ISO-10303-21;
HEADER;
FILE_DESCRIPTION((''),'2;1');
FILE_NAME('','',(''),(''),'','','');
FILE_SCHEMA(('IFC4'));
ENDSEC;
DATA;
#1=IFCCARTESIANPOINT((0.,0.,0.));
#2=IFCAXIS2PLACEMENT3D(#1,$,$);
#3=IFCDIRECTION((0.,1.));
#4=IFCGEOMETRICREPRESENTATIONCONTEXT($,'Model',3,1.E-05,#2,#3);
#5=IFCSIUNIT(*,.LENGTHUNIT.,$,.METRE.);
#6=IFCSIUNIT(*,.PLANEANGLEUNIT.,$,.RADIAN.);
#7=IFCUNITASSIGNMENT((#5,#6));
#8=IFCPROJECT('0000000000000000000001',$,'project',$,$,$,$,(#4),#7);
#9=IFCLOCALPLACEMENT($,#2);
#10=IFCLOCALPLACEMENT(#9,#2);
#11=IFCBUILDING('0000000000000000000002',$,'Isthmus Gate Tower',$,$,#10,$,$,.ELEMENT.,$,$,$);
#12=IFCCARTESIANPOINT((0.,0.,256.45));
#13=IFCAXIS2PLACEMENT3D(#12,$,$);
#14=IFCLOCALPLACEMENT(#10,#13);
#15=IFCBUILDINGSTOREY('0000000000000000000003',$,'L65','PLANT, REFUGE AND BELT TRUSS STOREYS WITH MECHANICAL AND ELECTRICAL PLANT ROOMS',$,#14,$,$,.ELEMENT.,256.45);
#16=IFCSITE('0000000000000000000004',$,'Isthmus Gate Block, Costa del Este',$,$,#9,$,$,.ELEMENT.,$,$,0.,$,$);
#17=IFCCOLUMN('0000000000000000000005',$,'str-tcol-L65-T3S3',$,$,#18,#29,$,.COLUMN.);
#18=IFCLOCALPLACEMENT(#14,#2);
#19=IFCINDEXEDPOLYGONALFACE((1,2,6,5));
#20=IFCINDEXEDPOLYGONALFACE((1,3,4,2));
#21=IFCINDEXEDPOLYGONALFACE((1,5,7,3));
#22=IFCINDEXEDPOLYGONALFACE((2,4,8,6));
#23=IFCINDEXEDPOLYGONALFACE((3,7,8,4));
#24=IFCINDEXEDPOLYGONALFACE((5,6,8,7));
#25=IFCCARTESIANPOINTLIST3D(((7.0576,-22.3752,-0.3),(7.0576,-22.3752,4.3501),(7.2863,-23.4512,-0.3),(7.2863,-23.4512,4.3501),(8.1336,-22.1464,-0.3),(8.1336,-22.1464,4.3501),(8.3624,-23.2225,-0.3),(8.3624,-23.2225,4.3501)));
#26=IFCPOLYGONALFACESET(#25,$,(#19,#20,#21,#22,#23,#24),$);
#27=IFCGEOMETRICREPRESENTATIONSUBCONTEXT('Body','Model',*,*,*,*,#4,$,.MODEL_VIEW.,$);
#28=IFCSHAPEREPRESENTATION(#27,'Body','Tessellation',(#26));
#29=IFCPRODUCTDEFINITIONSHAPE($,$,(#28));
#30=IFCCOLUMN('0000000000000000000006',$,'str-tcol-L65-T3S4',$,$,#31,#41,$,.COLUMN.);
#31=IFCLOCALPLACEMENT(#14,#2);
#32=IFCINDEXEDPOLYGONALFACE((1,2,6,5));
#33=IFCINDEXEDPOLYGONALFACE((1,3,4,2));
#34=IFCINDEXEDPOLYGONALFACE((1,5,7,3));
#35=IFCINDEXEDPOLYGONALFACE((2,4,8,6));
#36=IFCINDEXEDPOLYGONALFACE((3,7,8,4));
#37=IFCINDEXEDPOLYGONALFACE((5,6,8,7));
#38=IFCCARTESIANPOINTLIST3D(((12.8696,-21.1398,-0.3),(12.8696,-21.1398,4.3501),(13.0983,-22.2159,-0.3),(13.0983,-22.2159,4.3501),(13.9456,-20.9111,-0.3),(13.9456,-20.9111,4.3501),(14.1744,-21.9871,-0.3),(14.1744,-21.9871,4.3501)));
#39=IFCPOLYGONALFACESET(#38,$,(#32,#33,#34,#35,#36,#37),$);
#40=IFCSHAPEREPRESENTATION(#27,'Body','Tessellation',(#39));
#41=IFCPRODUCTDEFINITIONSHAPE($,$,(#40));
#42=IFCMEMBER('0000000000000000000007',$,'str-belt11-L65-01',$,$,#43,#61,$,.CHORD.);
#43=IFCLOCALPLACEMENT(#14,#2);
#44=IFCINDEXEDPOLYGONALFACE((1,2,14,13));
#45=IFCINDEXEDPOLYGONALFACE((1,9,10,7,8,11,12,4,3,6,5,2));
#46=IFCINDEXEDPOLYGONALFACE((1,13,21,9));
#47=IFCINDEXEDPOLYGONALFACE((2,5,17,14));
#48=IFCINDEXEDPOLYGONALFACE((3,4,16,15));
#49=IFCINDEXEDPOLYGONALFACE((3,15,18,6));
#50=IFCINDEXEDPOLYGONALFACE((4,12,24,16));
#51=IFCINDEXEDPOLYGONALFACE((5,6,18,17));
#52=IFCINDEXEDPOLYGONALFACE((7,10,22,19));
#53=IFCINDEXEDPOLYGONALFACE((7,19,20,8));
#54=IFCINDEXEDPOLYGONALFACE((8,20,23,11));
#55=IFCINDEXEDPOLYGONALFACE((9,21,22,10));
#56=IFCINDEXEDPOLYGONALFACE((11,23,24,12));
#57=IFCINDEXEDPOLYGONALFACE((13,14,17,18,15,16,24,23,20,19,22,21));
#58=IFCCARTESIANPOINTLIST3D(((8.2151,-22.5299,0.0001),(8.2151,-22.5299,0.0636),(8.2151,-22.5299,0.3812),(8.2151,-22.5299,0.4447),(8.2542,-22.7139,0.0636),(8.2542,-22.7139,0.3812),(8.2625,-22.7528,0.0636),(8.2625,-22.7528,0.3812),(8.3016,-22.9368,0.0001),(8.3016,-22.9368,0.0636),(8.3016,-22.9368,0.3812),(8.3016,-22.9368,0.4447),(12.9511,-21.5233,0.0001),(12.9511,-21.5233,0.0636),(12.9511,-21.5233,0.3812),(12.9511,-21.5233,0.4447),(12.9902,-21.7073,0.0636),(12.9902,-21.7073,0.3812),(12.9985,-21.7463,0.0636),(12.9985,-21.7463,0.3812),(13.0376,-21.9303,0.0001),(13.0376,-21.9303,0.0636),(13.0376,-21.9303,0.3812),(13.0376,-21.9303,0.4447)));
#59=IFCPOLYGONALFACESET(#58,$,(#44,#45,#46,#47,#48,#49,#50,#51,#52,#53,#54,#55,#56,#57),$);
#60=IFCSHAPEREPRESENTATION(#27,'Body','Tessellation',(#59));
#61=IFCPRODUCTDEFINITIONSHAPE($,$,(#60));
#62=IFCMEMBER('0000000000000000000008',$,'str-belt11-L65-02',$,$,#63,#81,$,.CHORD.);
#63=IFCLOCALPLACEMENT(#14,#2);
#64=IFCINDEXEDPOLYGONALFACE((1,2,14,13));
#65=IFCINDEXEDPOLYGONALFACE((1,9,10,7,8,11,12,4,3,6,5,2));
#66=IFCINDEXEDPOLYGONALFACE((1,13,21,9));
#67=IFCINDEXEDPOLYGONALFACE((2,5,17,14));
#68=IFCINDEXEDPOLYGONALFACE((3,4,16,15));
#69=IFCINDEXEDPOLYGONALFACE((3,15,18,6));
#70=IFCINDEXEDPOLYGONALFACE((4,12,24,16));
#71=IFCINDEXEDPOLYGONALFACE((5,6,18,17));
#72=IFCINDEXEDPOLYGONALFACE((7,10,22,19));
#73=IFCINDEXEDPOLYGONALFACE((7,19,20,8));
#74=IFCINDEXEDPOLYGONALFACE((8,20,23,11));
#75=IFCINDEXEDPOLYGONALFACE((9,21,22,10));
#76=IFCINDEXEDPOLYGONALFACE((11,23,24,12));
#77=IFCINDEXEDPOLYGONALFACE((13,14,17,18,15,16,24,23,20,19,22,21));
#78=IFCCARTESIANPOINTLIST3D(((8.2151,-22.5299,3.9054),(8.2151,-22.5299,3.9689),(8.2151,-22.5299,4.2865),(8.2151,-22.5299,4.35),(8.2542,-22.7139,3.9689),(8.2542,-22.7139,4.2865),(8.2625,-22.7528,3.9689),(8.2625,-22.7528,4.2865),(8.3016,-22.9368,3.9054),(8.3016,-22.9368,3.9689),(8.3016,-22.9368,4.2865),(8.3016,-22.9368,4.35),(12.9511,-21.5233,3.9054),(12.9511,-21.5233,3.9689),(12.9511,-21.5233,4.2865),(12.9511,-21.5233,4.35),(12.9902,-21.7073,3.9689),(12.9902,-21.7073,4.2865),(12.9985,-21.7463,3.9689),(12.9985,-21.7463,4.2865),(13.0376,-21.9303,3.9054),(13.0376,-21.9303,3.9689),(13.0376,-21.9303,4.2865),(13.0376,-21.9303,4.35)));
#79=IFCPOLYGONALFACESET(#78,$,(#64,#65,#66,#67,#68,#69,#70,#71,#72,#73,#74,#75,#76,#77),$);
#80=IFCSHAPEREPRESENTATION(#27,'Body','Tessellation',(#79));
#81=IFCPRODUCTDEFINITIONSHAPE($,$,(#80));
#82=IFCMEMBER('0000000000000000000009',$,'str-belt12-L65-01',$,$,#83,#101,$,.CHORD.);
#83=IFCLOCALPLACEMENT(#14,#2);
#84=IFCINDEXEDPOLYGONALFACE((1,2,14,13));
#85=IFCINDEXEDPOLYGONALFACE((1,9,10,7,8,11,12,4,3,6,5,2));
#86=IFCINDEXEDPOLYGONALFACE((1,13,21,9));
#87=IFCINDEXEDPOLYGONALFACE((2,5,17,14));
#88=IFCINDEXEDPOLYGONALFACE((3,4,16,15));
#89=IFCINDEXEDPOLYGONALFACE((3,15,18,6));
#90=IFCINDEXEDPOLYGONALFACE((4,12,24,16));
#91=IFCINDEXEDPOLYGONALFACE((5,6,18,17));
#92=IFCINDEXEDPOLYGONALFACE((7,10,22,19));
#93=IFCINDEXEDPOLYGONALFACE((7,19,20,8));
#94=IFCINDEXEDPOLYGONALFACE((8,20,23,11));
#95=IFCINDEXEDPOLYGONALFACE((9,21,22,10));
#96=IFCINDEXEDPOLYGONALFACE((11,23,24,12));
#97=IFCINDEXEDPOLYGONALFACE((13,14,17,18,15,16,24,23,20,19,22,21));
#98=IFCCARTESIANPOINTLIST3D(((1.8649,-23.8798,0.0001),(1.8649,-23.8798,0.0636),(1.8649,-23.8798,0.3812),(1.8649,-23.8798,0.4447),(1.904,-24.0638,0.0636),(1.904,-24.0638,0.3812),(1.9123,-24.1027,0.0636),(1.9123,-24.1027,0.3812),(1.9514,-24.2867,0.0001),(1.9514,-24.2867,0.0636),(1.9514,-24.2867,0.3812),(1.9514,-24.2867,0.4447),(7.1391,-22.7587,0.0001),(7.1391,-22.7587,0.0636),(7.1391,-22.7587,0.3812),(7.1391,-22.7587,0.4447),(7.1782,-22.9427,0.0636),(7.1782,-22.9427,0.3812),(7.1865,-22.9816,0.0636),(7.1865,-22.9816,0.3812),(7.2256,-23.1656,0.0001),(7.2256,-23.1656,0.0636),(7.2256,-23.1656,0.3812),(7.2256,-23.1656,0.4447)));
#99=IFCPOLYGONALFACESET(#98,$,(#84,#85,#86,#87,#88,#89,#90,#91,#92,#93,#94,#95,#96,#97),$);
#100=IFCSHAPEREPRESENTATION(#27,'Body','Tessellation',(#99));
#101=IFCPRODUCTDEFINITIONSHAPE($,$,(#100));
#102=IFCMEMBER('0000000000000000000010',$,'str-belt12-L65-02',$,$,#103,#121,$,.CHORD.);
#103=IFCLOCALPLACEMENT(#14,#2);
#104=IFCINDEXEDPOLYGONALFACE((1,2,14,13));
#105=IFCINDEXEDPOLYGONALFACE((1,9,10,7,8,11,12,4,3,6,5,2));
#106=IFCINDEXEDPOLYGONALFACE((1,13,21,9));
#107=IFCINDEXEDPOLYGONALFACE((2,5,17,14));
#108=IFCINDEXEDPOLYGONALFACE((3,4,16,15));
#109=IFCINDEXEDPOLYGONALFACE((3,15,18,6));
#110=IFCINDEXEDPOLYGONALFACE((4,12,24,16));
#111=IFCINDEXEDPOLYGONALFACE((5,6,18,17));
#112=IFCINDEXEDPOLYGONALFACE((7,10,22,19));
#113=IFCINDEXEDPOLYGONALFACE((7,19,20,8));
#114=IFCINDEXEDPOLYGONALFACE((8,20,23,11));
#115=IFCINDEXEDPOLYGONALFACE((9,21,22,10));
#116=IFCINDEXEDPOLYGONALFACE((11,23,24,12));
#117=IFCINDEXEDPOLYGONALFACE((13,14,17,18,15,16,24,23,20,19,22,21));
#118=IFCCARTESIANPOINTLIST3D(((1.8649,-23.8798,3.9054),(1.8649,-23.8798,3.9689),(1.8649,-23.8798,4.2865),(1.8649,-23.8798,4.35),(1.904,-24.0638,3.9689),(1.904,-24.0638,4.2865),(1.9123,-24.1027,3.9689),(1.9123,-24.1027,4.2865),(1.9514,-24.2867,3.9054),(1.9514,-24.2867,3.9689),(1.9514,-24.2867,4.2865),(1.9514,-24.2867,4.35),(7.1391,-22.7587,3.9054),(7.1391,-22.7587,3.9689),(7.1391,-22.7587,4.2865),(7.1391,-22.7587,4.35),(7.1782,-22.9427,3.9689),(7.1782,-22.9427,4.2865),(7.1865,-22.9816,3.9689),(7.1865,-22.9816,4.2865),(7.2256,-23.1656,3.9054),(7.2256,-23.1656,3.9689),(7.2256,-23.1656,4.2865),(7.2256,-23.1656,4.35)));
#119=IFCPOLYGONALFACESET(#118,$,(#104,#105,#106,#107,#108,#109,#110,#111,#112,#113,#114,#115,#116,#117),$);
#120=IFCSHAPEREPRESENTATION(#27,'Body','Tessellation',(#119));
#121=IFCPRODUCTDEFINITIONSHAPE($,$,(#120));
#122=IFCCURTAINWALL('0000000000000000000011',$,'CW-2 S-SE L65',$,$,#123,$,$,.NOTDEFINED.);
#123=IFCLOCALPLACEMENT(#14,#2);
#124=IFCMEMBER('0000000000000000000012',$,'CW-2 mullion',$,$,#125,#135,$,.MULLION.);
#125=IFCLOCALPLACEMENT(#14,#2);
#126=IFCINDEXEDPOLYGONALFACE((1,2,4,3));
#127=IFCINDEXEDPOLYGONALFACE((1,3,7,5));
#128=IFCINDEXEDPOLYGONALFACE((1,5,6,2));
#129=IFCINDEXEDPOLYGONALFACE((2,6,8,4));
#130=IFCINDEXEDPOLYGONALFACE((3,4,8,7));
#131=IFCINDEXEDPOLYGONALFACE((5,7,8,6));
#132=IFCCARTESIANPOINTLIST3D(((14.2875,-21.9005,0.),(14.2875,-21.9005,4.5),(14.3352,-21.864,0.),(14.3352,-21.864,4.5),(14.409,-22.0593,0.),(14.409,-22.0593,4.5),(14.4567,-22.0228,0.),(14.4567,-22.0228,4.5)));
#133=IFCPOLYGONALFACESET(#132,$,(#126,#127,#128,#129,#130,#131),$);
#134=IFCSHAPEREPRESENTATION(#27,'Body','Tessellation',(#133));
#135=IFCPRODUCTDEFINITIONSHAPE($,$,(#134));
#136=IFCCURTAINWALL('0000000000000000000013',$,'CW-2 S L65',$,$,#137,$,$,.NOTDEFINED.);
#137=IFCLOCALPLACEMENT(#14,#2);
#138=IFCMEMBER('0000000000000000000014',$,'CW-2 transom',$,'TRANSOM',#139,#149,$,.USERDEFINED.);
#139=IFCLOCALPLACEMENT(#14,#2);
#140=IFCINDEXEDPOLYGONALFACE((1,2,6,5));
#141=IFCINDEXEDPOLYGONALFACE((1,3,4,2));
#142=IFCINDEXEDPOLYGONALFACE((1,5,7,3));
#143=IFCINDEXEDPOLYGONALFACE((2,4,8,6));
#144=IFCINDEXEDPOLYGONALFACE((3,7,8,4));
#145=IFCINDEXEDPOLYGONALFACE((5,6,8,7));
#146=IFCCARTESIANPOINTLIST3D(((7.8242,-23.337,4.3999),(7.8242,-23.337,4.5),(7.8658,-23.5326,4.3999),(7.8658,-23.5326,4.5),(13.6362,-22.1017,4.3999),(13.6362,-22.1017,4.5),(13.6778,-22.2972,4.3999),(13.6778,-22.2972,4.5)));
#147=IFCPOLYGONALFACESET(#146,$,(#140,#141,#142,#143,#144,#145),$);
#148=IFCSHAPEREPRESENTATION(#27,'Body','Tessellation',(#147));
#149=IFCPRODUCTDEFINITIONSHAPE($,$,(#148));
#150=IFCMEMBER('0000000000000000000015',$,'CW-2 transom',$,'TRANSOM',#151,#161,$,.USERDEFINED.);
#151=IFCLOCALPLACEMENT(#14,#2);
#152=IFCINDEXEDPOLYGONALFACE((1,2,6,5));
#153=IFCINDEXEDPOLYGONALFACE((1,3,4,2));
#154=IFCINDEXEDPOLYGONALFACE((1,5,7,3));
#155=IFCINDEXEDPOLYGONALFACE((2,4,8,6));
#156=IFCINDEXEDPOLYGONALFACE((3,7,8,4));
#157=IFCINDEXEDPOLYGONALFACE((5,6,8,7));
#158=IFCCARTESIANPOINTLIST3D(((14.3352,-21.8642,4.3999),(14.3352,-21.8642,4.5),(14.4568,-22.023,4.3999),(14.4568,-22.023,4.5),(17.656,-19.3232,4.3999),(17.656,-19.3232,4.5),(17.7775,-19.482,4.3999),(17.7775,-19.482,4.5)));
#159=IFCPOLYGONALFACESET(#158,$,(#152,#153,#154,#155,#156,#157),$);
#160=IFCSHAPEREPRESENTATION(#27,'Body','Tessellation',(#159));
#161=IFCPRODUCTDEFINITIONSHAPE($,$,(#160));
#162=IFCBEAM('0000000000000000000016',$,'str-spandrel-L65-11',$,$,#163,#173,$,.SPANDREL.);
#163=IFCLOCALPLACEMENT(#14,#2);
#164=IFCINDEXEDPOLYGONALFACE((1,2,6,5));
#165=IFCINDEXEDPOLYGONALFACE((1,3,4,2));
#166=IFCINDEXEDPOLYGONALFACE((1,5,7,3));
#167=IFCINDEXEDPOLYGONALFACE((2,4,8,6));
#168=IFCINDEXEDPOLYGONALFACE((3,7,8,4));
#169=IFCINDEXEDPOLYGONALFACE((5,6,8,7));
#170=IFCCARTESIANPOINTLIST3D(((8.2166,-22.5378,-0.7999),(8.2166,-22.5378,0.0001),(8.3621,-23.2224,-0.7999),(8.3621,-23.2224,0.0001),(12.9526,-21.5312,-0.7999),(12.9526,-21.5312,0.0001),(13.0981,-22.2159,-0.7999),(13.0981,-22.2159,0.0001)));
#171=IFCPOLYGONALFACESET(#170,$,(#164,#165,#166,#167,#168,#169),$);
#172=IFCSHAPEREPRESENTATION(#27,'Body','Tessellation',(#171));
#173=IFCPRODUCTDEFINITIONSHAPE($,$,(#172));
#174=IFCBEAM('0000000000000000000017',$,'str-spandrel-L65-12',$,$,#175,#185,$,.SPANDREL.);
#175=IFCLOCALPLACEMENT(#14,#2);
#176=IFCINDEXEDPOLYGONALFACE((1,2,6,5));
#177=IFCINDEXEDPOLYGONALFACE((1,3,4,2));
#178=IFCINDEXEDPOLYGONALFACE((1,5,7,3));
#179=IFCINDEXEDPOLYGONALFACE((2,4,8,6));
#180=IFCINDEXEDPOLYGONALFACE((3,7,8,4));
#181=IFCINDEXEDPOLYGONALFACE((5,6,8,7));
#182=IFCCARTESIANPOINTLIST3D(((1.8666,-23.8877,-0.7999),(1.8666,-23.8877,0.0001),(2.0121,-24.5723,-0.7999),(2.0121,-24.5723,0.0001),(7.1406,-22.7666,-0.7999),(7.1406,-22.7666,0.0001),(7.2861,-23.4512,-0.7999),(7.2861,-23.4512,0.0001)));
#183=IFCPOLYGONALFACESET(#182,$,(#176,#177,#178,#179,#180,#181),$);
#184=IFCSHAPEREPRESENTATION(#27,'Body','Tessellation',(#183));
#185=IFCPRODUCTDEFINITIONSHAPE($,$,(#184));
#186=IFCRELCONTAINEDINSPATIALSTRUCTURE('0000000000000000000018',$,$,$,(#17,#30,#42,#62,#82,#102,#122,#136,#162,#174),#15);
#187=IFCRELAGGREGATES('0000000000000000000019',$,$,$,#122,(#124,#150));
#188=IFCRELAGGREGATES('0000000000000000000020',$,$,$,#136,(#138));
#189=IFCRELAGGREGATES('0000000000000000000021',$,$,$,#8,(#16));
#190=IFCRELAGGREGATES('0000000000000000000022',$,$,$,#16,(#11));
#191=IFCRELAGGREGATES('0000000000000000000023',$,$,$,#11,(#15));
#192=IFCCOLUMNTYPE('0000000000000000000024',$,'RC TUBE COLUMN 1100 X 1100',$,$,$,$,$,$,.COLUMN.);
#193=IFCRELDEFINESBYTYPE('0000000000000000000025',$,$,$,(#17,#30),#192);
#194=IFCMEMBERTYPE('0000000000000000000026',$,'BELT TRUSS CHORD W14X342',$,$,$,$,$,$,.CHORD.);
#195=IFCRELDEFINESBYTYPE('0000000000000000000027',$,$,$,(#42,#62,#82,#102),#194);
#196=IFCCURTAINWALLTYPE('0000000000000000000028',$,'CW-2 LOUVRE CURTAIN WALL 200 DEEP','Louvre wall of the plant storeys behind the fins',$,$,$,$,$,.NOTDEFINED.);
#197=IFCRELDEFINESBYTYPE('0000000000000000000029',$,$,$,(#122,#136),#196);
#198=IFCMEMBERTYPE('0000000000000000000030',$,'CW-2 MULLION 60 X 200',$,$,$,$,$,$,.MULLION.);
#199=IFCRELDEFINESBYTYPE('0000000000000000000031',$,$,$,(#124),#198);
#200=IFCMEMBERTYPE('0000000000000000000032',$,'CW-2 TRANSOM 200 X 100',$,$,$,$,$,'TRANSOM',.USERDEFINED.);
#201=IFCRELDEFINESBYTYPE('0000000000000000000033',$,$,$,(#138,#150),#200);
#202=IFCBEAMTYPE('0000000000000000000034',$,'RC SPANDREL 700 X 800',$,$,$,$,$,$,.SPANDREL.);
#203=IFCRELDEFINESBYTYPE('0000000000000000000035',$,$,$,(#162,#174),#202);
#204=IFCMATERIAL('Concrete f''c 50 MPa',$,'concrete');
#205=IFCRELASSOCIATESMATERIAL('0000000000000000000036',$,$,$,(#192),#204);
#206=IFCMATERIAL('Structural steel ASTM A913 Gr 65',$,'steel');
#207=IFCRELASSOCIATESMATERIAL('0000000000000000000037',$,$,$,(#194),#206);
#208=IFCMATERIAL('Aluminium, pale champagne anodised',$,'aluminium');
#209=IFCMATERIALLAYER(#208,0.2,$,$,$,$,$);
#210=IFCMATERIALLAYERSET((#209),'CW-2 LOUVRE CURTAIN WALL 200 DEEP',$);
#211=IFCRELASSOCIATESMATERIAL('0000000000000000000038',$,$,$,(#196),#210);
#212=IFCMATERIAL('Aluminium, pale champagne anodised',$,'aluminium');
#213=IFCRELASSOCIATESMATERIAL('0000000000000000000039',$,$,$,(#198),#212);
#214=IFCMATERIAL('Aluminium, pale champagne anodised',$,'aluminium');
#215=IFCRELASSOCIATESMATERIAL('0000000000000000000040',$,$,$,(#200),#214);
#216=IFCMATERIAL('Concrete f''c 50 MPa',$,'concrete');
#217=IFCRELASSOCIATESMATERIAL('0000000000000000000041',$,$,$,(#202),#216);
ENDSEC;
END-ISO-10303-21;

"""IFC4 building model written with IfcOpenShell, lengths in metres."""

from ifc_helpers import new_model, si_unit, direction, frame, origin, origin_2d, place, context, subcontext, project, spatial, rectangle, i_section, extrude, material, layer, layer_set, material_profile, profile_set, type_object, element, aggregate, save


model = new_model("IFC4")

# Units and contexts
model_context = context("Model", 3, precision=1e-05, world=origin(), true_north=direction((0.0, 1.0)))
body_context = subcontext(model_context, "Body", "Model", "MODEL_VIEW")
ifc_project = project(units=[si_unit("LENGTHUNIT", "METRE"), si_unit("PLANEANGLEUNIT", "RADIAN")], contexts=[model_context])

# Site, building, storey
site_placement = place(None, origin())
site = spatial("IfcSite", under=ifc_project, at=site_placement, Name="Isthmus Gate Block, Costa del Este", CompositionType="ELEMENT", RefElevation=0.0)
building_placement = place(site_placement, origin())
building = spatial("IfcBuilding", under=site, at=building_placement, Name="Isthmus Gate Tower", CompositionType="ELEMENT")
storey_placement = place(building_placement, frame((0.0, 0.0, 256.45)))
storey = spatial("IfcBuildingStorey", under=building, at=storey_placement, Name="L65", Description="PLANT, REFUGE AND BELT TRUSS STOREYS WITH MECHANICAL AND ELECTRICAL PLANT ROOMS", CompositionType="ELEMENT", Elevation=256.45)

# Columns
ifc_material_1 = material(Name="Concrete f'c 50 MPa", Category="concrete")
ifc_material_profile_1 = material_profile(ifc_material_1, rectangle(XDim=1.1001, YDim=1.1001, at=origin_2d()), Name="RC 1100X1100")
ifc_profile_set_1 = profile_set([ifc_material_profile_1], Name="Concrete f'c 50 MPa")
column_type = type_object("IfcColumnType", Name="RC TUBE COLUMN 1100 X 1100", PredefinedType="COLUMN", material=ifc_profile_set_1)
for number, where, z_axis, x_axis, name in (
    (1, (7.71, -22.7988, -0.3), (0.0, 0.0, 1.0), (0.978148, 0.207912, 0.0), "str-tcol-L65-T3S3"),
    (2, (13.522, -21.5635, -0.3), (0.0, 0.0, 1.0), (0.978148, 0.207912, 0.0), "str-tcol-L65-T3S4"),
):
    element("IfcColumn", number, at=place(storey_placement, frame(where, z_axis=z_axis, x_axis=x_axis)), inside=storey, type_object=column_type, Name=name, PredefinedType="COLUMN", context=body_context, shape_type="SweptSolid", body=[
        extrude(rectangle(XDim=1.1001, YDim=1.1001, at=origin_2d()), origin(), (0.0, 0.0, 1.0), 4.6501),
    ])

# Members
ifc_material_2 = material(Name="Structural steel ASTM A913 Gr 65", Category="steel")
ifc_material_profile_2 = material_profile(ifc_material_2, i_section(OverallWidth=0.416, OverallDepth=0.4446, WebThickness=0.0398, FlangeThickness=0.0635, at=origin_2d()), Name="W14X342")
ifc_profile_set_2 = profile_set([ifc_material_profile_2], Name="Structural steel ASTM A913 Gr 65")
member_type_1 = type_object("IfcMemberType", Name="BELT TRUSS CHORD W14X342", PredefinedType="CHORD", material=ifc_profile_set_2)
for number, where, z_axis, x_axis, name in (
    (3, (12.9944, -21.7268, 0.2224), (-0.978152, -0.207893, 0.0), (0.207893, -0.978152, 0.0), "str-belt11-L65-01"),
    (4, (12.9944, -21.7268, 4.1277), (-0.978152, -0.207893, 0.0), (0.207893, -0.978152, 0.0), "str-belt11-L65-02"),
):
    element("IfcMember", number, at=place(storey_placement, frame(where, z_axis=z_axis, x_axis=x_axis)), inside=storey, type_object=member_type_1, Name=name, PredefinedType="CHORD", context=body_context, shape_type="SweptSolid", body=[
        extrude(i_section(OverallWidth=0.416, OverallDepth=0.4446, WebThickness=0.0398, FlangeThickness=0.0635, at=origin_2d()), origin(), (0.0, 0.0, 1.0), 4.8418),
    ])
for number, where, z_axis, x_axis, name in (
    (5, (7.1824, -22.9622, 0.2224), (-0.978146, -0.207918, 0.0), (0.207918, -0.978146, 0.0), "str-belt12-L65-01"),
    (6, (7.1824, -22.9622, 4.1277), (-0.978146, -0.207918, 0.0), (0.207918, -0.978146, 0.0), "str-belt12-L65-02"),
):
    element("IfcMember", number, at=place(storey_placement, frame(where, z_axis=z_axis, x_axis=x_axis)), inside=storey, type_object=member_type_1, Name=name, PredefinedType="CHORD", context=body_context, shape_type="SweptSolid", body=[
        extrude(i_section(OverallWidth=0.416, OverallDepth=0.4446, WebThickness=0.0398, FlangeThickness=0.0635, at=origin_2d()), origin(), (0.0, 0.0, 1.0), 5.3921),
    ])

# Curtain walls, members
ifc_material_3 = material(Name="Aluminium, pale champagne anodised", Category="aluminium")
ifc_layer_1 = layer(ifc_material_3, 0.2)
ifc_layer_set_1 = layer_set([ifc_layer_1], Name="CW-2 LOUVRE CURTAIN WALL 200 DEEP")
curtain_wall_type = type_object("IfcCurtainWallType", Name="CW-2 LOUVRE CURTAIN WALL 200 DEEP", Description="Louvre wall of the plant storeys behind the fins", PredefinedType="NOTDEFINED", material=ifc_layer_set_1)
curtain_wall_1_placement = place(storey_placement, origin())
curtain_wall_1 = element("IfcCurtainWall", 7, at=curtain_wall_1_placement, inside=storey, type_object=curtain_wall_type, Name="CW-2 S-SE L65", PredefinedType="NOTDEFINED")
ifc_material_4 = material(Name="Aluminium, pale champagne anodised", Category="aluminium")
ifc_material_profile_3 = material_profile(ifc_material_4, rectangle(XDim=0.0601, YDim=0.2, at=origin_2d()), Name="60x200")
ifc_profile_set_3 = profile_set([ifc_material_profile_3], Name="Aluminium, pale champagne anodised")
member_type_2 = type_object("IfcMemberType", Name="CW-2 MULLION 60 X 200", PredefinedType="MULLION", material=ifc_profile_set_3)
member_1_placement = place(storey_placement, frame((14.3721, -21.9617, 0.0), z_axis=(0.0, 0.0, 1.0), x_axis=(0.794189, 0.607671, 0.0)))
member_1 = element("IfcMember", 8, at=member_1_placement, type_object=member_type_2, Name="CW-2 mullion", PredefinedType="MULLION", context=body_context, shape_type="SweptSolid", body=[
    extrude(rectangle(XDim=0.0601, YDim=0.2, at=origin_2d()), origin(), (0.0, 0.0, 1.0), 4.5),
])
curtain_wall_2_placement = place(storey_placement, origin())
curtain_wall_2 = element("IfcCurtainWall", 9, at=curtain_wall_2_placement, inside=storey, type_object=curtain_wall_type, Name="CW-2 S L65", PredefinedType="NOTDEFINED")
ifc_material_5 = material(Name="Aluminium, pale champagne anodised", Category="aluminium")
ifc_material_profile_4 = material_profile(ifc_material_5, rectangle(XDim=0.2, YDim=0.1001, at=origin_2d()), Name="200x100")
ifc_profile_set_4 = profile_set([ifc_material_profile_4], Name="Aluminium, pale champagne anodised")
member_type_3 = type_object("IfcMemberType", Name="CW-2 TRANSOM 200 X 100", ElementType="TRANSOM", PredefinedType="USERDEFINED", material=ifc_profile_set_4)
member_2_placement = place(storey_placement, frame((7.845, -23.4348, 4.45), z_axis=(0.978149, 0.207907, 0.0), x_axis=(-0.207907, 0.978149, 0.0)))
member_2 = element("IfcMember", 10, at=member_2_placement, type_object=member_type_3, Name="CW-2 transom", ObjectType="TRANSOM", PredefinedType="USERDEFINED", context=body_context, shape_type="SweptSolid", body=[
    extrude(rectangle(XDim=0.2, YDim=0.1001, at=origin_2d()), origin(), (0.0, 0.0, 1.0), 5.9419),
])

# Member
member_3_placement = place(storey_placement, frame((14.396, -21.9436, 4.45), z_axis=(0.794175, 0.607688, 0.0), x_axis=(-0.607688, 0.794175, 0.0)))
member_3 = element("IfcMember", 11, at=member_3_placement, type_object=member_type_3, Name="CW-2 transom", ObjectType="TRANSOM", PredefinedType="USERDEFINED", context=body_context, shape_type="SweptSolid", body=[
    extrude(rectangle(XDim=0.2, YDim=0.1001, at=origin_2d()), origin(), (0.0, 0.0, 1.0), 4.1814),
])
aggregate(curtain_wall_1, [member_1, member_3])

# Beams
ifc_material_6 = material(Name="Concrete f'c 50 MPa", Category="concrete")
ifc_material_profile_5 = material_profile(ifc_material_6, rectangle(XDim=0.7, YDim=0.8, at=origin_2d()), Name="RC 700X800")
ifc_profile_set_5 = profile_set([ifc_material_profile_5], Name="Concrete f'c 50 MPa")
beam_type_1 = type_object("IfcBeamType", Name="RC SPANDREL 700 X 800", PredefinedType="SPANDREL", material=ifc_profile_set_5)
beam_1_placement = place(storey_placement, frame((13.0254, -21.8735, -0.3999), z_axis=(-0.978152, -0.207893, 0.0), x_axis=(0.207893, -0.978152, 0.0)))
element("IfcBeam", 12, at=beam_1_placement, inside=storey, type_object=beam_type_1, Name="str-spandrel-L65-11", PredefinedType="SPANDREL", context=body_context, shape_type="SweptSolid", body=[
    extrude(rectangle(XDim=0.7, YDim=0.8, at=origin_2d()), origin(), (0.0, 0.0, 1.0), 4.8418),
])
beam_2_placement = place(storey_placement, frame((7.2134, -23.1089, -0.3999), z_axis=(-0.978144, -0.207927, 0.0), x_axis=(0.207927, -0.978144, 0.0)))
element("IfcBeam", 13, at=beam_2_placement, inside=storey, type_object=beam_type_1, Name="str-spandrel-L65-12", PredefinedType="SPANDREL", context=body_context, shape_type="SweptSolid", body=[
    extrude(rectangle(XDim=0.7, YDim=0.8, at=origin_2d()), origin(), (0.0, 0.0, 1.0), 5.3918),
])

aggregate(curtain_wall_2, [member_2])

save(model, "model.ifc")
